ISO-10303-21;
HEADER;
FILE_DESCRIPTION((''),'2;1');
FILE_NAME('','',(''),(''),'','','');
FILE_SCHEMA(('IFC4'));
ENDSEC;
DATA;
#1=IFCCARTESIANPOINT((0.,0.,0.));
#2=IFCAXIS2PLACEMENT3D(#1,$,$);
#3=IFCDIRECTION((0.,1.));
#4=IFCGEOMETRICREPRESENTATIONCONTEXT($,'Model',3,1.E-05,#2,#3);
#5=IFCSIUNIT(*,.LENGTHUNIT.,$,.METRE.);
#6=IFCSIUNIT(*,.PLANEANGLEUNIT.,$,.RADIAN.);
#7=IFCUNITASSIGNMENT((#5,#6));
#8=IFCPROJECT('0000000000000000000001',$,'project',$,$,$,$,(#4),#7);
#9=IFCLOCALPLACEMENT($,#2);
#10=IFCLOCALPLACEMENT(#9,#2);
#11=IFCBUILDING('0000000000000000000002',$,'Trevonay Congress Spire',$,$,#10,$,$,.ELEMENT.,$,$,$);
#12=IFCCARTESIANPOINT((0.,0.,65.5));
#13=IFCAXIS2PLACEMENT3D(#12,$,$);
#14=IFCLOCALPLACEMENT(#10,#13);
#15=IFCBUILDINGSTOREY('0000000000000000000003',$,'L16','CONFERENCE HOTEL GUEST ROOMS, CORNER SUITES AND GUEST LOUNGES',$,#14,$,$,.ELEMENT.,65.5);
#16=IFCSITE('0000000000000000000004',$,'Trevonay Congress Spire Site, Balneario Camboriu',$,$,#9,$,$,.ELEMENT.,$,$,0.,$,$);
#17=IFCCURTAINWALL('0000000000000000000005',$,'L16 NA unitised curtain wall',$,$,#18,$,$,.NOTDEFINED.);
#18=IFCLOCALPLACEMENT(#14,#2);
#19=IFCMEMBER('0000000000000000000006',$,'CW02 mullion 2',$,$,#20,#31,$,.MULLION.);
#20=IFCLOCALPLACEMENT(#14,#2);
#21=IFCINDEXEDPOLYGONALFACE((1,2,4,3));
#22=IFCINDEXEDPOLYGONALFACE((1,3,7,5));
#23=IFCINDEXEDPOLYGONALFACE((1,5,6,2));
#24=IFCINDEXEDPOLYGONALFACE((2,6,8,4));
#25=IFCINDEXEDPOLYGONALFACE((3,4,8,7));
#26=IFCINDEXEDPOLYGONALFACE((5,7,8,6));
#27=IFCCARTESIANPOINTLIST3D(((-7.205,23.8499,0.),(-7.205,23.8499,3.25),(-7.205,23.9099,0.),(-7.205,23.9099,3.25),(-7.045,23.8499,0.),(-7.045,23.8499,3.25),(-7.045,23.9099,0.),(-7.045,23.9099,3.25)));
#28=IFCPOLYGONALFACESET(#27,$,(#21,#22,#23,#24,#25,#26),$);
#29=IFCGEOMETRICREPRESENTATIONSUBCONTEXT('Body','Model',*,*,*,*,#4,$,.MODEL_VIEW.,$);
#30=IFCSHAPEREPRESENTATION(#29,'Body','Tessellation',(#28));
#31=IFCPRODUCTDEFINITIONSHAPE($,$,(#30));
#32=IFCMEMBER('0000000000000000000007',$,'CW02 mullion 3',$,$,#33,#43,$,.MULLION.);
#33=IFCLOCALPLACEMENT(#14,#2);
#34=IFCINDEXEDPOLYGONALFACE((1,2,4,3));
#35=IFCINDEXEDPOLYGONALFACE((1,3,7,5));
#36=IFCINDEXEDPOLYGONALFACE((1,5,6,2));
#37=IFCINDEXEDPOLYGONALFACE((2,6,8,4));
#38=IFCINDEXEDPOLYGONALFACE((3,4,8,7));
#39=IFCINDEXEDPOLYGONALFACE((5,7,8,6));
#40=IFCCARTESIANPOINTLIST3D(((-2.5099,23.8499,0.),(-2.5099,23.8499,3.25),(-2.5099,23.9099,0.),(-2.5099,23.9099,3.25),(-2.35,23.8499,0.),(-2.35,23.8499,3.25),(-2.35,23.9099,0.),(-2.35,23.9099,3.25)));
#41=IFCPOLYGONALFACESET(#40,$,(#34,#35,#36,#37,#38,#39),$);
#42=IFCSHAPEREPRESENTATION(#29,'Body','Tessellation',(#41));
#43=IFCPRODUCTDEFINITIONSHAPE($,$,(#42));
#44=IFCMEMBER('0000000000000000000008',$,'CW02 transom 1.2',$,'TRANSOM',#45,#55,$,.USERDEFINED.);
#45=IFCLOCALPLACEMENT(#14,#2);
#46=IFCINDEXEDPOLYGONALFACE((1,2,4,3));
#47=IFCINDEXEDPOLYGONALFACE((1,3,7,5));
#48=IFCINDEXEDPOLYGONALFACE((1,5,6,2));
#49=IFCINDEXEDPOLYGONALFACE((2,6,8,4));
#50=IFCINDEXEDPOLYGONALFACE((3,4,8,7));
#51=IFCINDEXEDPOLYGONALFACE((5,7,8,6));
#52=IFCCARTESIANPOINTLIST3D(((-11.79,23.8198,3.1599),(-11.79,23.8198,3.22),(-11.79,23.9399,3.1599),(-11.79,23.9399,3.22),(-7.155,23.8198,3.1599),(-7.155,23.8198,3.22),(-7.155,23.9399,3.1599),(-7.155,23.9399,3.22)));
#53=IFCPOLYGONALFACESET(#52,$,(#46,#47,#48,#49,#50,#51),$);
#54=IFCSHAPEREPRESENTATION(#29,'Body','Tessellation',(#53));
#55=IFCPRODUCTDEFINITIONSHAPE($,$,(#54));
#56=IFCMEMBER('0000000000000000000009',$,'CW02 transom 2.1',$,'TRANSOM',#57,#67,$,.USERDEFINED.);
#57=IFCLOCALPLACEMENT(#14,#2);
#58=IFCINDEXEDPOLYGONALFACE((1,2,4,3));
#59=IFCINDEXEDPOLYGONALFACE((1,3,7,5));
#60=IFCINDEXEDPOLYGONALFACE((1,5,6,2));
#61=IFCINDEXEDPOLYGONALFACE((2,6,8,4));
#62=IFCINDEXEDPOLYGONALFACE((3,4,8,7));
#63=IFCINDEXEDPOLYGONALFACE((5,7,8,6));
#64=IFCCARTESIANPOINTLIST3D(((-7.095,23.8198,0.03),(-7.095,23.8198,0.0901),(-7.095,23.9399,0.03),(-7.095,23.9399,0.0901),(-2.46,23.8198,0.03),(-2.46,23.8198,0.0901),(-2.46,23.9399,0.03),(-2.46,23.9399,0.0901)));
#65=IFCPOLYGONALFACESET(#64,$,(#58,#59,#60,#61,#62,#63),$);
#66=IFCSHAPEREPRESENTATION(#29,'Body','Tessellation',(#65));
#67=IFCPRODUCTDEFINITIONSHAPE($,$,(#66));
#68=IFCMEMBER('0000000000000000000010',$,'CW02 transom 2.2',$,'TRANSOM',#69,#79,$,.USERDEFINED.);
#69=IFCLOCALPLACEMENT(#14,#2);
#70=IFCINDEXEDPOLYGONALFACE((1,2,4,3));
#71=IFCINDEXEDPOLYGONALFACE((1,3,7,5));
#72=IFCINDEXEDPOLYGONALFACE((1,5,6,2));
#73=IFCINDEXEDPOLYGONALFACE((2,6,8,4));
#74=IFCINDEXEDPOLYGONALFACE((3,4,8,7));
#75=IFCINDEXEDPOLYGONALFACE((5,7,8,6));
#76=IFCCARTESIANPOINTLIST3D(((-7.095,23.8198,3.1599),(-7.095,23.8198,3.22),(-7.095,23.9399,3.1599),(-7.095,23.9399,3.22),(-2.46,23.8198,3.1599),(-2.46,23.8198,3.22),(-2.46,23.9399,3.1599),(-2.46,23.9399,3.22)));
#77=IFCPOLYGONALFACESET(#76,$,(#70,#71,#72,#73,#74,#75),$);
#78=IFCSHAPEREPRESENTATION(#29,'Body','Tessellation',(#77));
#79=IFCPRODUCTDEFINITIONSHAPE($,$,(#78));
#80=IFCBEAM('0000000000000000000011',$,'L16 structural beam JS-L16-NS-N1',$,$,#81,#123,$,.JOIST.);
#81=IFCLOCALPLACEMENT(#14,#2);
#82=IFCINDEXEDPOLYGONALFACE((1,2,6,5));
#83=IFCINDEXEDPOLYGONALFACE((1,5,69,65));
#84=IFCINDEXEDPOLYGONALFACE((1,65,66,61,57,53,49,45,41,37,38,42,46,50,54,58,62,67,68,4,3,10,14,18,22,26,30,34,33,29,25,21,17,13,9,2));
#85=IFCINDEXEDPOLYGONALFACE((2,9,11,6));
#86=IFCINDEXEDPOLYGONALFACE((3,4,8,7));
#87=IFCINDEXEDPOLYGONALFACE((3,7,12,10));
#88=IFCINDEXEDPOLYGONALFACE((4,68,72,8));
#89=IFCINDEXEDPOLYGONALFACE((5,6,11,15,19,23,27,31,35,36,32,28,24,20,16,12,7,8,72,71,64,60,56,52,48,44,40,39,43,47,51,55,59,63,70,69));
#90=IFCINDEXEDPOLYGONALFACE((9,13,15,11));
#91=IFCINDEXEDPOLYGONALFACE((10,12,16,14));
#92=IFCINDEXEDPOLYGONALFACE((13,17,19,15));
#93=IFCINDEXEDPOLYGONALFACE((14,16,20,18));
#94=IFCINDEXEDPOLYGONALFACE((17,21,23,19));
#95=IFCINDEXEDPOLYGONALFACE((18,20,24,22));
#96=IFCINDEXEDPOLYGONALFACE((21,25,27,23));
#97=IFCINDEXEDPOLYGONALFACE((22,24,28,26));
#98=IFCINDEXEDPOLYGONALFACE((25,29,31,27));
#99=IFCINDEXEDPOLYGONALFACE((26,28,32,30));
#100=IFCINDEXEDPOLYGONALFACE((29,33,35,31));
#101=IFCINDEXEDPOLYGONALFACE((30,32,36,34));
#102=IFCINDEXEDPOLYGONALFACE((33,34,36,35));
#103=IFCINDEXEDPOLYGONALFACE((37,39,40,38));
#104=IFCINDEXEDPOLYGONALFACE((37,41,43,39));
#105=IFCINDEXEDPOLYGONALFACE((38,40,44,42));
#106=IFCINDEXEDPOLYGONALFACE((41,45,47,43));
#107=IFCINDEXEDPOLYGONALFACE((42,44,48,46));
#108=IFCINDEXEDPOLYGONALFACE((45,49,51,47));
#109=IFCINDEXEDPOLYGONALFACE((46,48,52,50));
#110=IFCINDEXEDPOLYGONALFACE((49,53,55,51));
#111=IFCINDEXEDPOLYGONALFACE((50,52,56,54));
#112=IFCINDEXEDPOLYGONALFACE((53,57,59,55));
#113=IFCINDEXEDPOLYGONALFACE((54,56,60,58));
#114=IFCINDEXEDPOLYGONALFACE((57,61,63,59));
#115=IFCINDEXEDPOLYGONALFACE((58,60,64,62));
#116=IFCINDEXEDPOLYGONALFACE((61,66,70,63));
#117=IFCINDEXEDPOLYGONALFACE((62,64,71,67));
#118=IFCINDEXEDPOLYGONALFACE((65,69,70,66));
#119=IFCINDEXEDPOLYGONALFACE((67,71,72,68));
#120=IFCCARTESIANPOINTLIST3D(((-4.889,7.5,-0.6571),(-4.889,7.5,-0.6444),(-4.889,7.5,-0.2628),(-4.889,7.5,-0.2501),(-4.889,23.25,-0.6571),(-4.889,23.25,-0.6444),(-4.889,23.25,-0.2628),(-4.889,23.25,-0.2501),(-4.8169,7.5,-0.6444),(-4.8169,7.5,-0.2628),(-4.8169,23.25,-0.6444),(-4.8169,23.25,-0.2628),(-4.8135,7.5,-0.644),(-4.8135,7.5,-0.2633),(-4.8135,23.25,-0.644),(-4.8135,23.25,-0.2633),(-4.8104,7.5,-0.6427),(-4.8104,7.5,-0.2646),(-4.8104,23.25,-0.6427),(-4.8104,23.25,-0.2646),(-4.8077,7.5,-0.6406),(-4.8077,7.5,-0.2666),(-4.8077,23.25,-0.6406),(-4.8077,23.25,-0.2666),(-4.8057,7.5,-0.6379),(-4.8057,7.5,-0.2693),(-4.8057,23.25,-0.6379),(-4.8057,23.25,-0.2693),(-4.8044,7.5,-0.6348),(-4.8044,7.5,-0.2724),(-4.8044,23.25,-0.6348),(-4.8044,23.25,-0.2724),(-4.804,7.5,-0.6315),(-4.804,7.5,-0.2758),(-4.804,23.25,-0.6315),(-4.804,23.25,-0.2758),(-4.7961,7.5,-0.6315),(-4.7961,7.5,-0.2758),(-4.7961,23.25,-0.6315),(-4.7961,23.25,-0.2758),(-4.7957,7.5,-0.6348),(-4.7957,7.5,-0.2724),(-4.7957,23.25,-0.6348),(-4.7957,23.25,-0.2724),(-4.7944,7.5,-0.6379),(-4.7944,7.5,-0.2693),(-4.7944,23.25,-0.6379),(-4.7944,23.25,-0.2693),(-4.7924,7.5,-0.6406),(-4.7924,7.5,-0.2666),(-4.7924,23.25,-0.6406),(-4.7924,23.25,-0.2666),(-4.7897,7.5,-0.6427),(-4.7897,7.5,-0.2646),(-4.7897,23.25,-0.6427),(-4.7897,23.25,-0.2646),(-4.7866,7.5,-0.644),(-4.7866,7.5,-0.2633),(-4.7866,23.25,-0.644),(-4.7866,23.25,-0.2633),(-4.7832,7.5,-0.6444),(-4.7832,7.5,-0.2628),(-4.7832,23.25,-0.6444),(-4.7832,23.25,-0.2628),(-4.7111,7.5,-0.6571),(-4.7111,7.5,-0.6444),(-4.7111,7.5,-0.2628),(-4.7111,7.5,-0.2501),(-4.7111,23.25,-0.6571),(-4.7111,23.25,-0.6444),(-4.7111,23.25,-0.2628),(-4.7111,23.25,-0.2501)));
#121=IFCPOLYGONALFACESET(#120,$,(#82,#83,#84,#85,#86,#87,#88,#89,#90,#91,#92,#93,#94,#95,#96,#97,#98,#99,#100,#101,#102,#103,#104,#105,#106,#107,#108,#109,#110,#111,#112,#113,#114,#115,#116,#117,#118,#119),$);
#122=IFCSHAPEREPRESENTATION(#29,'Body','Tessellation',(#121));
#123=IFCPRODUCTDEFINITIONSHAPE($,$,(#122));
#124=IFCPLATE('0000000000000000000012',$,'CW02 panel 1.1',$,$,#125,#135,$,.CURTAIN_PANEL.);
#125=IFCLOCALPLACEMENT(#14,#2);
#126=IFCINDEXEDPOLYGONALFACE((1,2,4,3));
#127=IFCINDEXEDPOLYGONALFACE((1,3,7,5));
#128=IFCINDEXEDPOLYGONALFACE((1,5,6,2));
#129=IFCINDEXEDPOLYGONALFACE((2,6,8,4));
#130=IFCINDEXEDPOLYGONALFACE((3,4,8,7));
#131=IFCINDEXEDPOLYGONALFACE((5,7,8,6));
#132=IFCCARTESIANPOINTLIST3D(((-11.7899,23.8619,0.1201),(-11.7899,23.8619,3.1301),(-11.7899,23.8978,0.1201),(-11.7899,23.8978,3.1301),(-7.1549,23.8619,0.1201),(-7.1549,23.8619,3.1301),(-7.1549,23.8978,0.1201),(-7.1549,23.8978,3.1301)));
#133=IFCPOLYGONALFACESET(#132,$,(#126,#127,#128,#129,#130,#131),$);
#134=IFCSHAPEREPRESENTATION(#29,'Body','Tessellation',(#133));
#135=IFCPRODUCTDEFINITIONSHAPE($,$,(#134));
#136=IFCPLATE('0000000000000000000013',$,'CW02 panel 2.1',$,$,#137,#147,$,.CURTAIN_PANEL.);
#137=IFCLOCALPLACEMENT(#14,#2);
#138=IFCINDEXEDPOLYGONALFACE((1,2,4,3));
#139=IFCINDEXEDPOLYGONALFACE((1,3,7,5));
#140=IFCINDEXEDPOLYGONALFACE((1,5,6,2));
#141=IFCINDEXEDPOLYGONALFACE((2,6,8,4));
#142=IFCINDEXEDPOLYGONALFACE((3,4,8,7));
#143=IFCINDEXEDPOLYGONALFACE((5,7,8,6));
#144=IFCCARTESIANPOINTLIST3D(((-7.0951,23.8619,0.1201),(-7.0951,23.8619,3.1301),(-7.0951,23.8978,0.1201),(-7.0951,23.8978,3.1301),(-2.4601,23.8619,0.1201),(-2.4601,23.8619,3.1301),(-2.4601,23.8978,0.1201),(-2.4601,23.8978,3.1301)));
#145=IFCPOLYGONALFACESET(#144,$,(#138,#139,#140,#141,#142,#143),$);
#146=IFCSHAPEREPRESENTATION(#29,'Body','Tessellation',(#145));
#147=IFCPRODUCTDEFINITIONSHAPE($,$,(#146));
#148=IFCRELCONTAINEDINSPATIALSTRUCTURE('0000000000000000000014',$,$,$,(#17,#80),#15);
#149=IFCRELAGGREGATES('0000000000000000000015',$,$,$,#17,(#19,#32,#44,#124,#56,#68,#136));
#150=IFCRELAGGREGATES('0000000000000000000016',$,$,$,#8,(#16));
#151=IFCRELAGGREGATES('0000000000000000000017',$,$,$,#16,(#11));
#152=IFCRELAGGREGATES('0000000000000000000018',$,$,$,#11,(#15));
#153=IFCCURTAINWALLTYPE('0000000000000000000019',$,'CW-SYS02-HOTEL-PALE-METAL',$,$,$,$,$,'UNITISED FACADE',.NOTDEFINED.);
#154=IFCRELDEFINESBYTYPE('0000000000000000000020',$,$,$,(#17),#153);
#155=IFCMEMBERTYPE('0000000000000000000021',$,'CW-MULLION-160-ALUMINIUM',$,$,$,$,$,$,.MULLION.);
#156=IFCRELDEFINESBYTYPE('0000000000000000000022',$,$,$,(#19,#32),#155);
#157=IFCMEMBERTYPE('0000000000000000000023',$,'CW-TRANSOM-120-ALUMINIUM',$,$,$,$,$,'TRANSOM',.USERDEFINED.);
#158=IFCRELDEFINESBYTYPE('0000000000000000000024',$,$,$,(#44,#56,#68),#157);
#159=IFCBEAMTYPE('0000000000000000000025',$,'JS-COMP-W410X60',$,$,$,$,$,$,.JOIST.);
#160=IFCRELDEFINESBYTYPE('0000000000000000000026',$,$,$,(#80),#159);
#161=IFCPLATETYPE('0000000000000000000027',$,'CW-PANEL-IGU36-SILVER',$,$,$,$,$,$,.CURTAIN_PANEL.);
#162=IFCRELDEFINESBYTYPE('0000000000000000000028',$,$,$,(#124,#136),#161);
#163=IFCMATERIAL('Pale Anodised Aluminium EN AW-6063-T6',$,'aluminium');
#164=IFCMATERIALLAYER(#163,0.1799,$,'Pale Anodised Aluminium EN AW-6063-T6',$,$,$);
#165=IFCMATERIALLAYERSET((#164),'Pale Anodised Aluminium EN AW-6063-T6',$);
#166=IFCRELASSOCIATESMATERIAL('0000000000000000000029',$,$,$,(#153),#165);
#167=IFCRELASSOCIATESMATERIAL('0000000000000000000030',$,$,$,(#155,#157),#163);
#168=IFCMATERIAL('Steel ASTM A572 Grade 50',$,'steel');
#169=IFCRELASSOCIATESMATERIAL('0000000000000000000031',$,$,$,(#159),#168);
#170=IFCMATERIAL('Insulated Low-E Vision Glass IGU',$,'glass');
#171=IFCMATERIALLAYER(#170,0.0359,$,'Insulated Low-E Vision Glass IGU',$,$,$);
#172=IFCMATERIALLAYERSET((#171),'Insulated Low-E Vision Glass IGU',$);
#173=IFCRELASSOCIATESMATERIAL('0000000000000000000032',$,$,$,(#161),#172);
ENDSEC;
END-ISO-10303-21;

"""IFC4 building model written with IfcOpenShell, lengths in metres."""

from ifc_helpers import new_model, si_unit, direction, frame, origin, origin_2d, place, context, subcontext, project, spatial, rectangle, i_section, extrude, material, layer, layer_set, material_profile, profile_set, type_object, element, aggregate, save


model = new_model("IFC4")

# Units and contexts
model_context = context("Model", 3, precision=1e-05, world=origin(), true_north=direction((0.0, 1.0)))
body_context = subcontext(model_context, "Body", "Model", "MODEL_VIEW")
ifc_project = project(units=[si_unit("LENGTHUNIT", "METRE"), si_unit("PLANEANGLEUNIT", "RADIAN")], contexts=[model_context])

# Site, building, storey
site_placement = place(None, origin())
site = spatial("IfcSite", under=ifc_project, at=site_placement, Name="Trevonay Congress Spire Site, Balneario Camboriu", CompositionType="ELEMENT", RefElevation=0.0)
building_placement = place(site_placement, origin())
building = spatial("IfcBuilding", under=site, at=building_placement, Name="Trevonay Congress Spire", CompositionType="ELEMENT")
storey_placement = place(building_placement, frame((0.0, 0.0, 65.5)))
storey = spatial("IfcBuildingStorey", under=building, at=storey_placement, Name="L16", Description="CONFERENCE HOTEL GUEST ROOMS, CORNER SUITES AND GUEST LOUNGES", CompositionType="ELEMENT", Elevation=65.5)

# Shared definitions
ifc_material_1 = material(Name="Steel ASTM A572 Grade 50", Category="steel")

# Curtain wall, members
ifc_material_2 = material(Name="Pale Anodised Aluminium EN AW-6063-T6", Category="aluminium")
ifc_layer_1 = layer(ifc_material_2, 0.1799, Name="Pale Anodised Aluminium EN AW-6063-T6")
ifc_layer_set_1 = layer_set([ifc_layer_1], Name="Pale Anodised Aluminium EN AW-6063-T6")
curtain_wall_type = type_object("IfcCurtainWallType", Name="CW-SYS02-HOTEL-PALE-METAL", ElementType="UNITISED FACADE", PredefinedType="NOTDEFINED", material=ifc_layer_set_1)
curtain_wall_placement = place(storey_placement, origin())
curtain_wall = element("IfcCurtainWall", 1, at=curtain_wall_placement, inside=storey, type_object=curtain_wall_type, Name="L16 NA unitised curtain wall", PredefinedType="NOTDEFINED")
ifc_material_profile_1 = material_profile(ifc_material_2, rectangle(XDim=0.0601, YDim=0.1599, at=origin_2d()), Name="CW-MULLION-160-ALUMINIUM")
ifc_profile_set_1 = profile_set([ifc_material_profile_1], Name="Pale Anodised Aluminium EN AW-6063-T6")
member_type_1 = type_object("IfcMemberType", Name="CW-MULLION-160-ALUMINIUM", PredefinedType="MULLION", material=ifc_profile_set_1)
member_1_placement = place(storey_placement, frame((-7.125, 23.8799, 0.0), z_axis=(0.0, 0.0, 1.0), x_axis=(0.0, 1.0, 0.0)))
member_1 = element("IfcMember", 2, at=member_1_placement, type_object=member_type_1, Name="CW02 mullion 2", PredefinedType="MULLION", context=body_context, shape_type="SweptSolid", body=[
    extrude(rectangle(XDim=0.0601, YDim=0.1599, at=origin_2d()), origin(), (0.0, 0.0, 1.0), 3.25),
])
member_2_placement = place(storey_placement, frame((-2.4299, 23.8799, 0.0), z_axis=(0.0, 0.0, 1.0), x_axis=(0.0, 1.0, 0.0)))
member_2 = element("IfcMember", 3, at=member_2_placement, type_object=member_type_1, Name="CW02 mullion 3", PredefinedType="MULLION", context=body_context, shape_type="SweptSolid", body=[
    extrude(rectangle(XDim=0.0601, YDim=0.1599, at=origin_2d()), origin(), (0.0, 0.0, 1.0), 3.25),
])
ifc_material_profile_2 = material_profile(ifc_material_2, rectangle(XDim=0.1201, YDim=0.0601, at=origin_2d()), Name="CW-TRANSOM-120-ALUMINIUM")
ifc_profile_set_2 = profile_set([ifc_material_profile_2], Name="Pale Anodised Aluminium EN AW-6063-T6")
member_type_2 = type_object("IfcMemberType", Name="CW-TRANSOM-120-ALUMINIUM", ElementType="TRANSOM", PredefinedType="USERDEFINED", material=ifc_profile_set_2)
member_3_placement = place(storey_placement, frame((-11.79, 23.8799, 3.1899), z_axis=(1.0, 0.0, 0.0), x_axis=(0.0, 1.0, 0.0)))
member_3 = element("IfcMember", 4, at=member_3_placement, type_object=member_type_2, Name="CW02 transom 1.2", ObjectType="TRANSOM", PredefinedType="USERDEFINED", context=body_context, shape_type="SweptSolid", body=[
    extrude(rectangle(XDim=0.1201, YDim=0.0601, at=origin_2d()), origin(), (0.0, 0.0, 1.0), 4.635),
])
member_4_placement = place(storey_placement, frame((-7.095, 23.8799, 0.0601), z_axis=(1.0, 0.0, 0.0), x_axis=(0.0, 1.0, 0.0)))
member_4 = element("IfcMember", 5, at=member_4_placement, type_object=member_type_2, Name="CW02 transom 2.1", ObjectType="TRANSOM", PredefinedType="USERDEFINED", context=body_context, shape_type="SweptSolid", body=[
    extrude(rectangle(XDim=0.1201, YDim=0.0601, at=origin_2d()), origin(), (0.0, 0.0, 1.0), 4.635),
])
member_5_placement = place(storey_placement, frame((-7.095, 23.8799, 3.1899), z_axis=(1.0, 0.0, 0.0), x_axis=(0.0, 1.0, 0.0)))
member_5 = element("IfcMember", 6, at=member_5_placement, type_object=member_type_2, Name="CW02 transom 2.2", ObjectType="TRANSOM", PredefinedType="USERDEFINED", context=body_context, shape_type="SweptSolid", body=[
    extrude(rectangle(XDim=0.1201, YDim=0.0601, at=origin_2d()), origin(), (0.0, 0.0, 1.0), 4.635),
])

# Beam
ifc_material_profile_3 = material_profile(ifc_material_1, i_section(OverallWidth=0.178, OverallDepth=0.407, WebThickness=0.0078, FlangeThickness=0.0127, FilletRadius=0.0129, at=origin_2d()), Name="W410x60")
ifc_profile_set_3 = profile_set([ifc_material_profile_3], Name="Steel ASTM A572 Grade 50")
beam_type_1 = type_object("IfcBeamType", Name="JS-COMP-W410X60", PredefinedType="JOIST", material=ifc_profile_set_3)
beam_1_placement = place(storey_placement, frame((-4.8, 7.5, -0.4536), z_axis=(0.0, 1.0, 0.0), x_axis=(-1.0, 0.0, 0.0)))
element("IfcBeam", 7, at=beam_1_placement, inside=storey, type_object=beam_type_1, Name="L16 structural beam JS-L16-NS-N1", PredefinedType="JOIST", context=body_context, shape_type="SweptSolid", body=[
    extrude(i_section(OverallWidth=0.178, OverallDepth=0.407, WebThickness=0.0078, FlangeThickness=0.0127, FilletRadius=0.0129, at=origin_2d()), origin(), (0.0, 0.0, 1.0), 15.75),
])

# Plates
ifc_material_3 = material(Name="Insulated Low-E Vision Glass IGU", Category="glass")
ifc_layer_2 = layer(ifc_material_3, 0.0359, Name="Insulated Low-E Vision Glass IGU")
ifc_layer_set_2 = layer_set([ifc_layer_2], Name="Insulated Low-E Vision Glass IGU")
plate_type = type_object("IfcPlateType", Name="CW-PANEL-IGU36-SILVER", PredefinedType="CURTAIN_PANEL", material=ifc_layer_set_2)
plate_1_placement = place(storey_placement, frame((-9.4724, 23.8799, 0.1201), z_axis=(0.0, 0.0, 1.0), x_axis=(1.0, 0.0, 0.0)))
plate_1 = element("IfcPlate", 8, at=plate_1_placement, type_object=plate_type, Name="CW02 panel 1.1", PredefinedType="CURTAIN_PANEL", context=body_context, shape_type="SweptSolid", body=[
    extrude(rectangle(XDim=4.635, YDim=0.0359, at=origin_2d()), origin(), (0.0, 0.0, 1.0), 3.01),
])
plate_2_placement = place(storey_placement, frame((-4.7776, 23.8799, 0.1201), z_axis=(0.0, 0.0, 1.0), x_axis=(1.0, 0.0, 0.0)))
plate_2 = element("IfcPlate", 9, at=plate_2_placement, type_object=plate_type, Name="CW02 panel 2.1", PredefinedType="CURTAIN_PANEL", context=body_context, shape_type="SweptSolid", body=[
    extrude(rectangle(XDim=4.635, YDim=0.0359, at=origin_2d()), origin(), (0.0, 0.0, 1.0), 3.01),
])
aggregate(curtain_wall, [member_1, member_2, member_3, plate_1, member_4, member_5, plate_2])

save(model, "model.ifc")
